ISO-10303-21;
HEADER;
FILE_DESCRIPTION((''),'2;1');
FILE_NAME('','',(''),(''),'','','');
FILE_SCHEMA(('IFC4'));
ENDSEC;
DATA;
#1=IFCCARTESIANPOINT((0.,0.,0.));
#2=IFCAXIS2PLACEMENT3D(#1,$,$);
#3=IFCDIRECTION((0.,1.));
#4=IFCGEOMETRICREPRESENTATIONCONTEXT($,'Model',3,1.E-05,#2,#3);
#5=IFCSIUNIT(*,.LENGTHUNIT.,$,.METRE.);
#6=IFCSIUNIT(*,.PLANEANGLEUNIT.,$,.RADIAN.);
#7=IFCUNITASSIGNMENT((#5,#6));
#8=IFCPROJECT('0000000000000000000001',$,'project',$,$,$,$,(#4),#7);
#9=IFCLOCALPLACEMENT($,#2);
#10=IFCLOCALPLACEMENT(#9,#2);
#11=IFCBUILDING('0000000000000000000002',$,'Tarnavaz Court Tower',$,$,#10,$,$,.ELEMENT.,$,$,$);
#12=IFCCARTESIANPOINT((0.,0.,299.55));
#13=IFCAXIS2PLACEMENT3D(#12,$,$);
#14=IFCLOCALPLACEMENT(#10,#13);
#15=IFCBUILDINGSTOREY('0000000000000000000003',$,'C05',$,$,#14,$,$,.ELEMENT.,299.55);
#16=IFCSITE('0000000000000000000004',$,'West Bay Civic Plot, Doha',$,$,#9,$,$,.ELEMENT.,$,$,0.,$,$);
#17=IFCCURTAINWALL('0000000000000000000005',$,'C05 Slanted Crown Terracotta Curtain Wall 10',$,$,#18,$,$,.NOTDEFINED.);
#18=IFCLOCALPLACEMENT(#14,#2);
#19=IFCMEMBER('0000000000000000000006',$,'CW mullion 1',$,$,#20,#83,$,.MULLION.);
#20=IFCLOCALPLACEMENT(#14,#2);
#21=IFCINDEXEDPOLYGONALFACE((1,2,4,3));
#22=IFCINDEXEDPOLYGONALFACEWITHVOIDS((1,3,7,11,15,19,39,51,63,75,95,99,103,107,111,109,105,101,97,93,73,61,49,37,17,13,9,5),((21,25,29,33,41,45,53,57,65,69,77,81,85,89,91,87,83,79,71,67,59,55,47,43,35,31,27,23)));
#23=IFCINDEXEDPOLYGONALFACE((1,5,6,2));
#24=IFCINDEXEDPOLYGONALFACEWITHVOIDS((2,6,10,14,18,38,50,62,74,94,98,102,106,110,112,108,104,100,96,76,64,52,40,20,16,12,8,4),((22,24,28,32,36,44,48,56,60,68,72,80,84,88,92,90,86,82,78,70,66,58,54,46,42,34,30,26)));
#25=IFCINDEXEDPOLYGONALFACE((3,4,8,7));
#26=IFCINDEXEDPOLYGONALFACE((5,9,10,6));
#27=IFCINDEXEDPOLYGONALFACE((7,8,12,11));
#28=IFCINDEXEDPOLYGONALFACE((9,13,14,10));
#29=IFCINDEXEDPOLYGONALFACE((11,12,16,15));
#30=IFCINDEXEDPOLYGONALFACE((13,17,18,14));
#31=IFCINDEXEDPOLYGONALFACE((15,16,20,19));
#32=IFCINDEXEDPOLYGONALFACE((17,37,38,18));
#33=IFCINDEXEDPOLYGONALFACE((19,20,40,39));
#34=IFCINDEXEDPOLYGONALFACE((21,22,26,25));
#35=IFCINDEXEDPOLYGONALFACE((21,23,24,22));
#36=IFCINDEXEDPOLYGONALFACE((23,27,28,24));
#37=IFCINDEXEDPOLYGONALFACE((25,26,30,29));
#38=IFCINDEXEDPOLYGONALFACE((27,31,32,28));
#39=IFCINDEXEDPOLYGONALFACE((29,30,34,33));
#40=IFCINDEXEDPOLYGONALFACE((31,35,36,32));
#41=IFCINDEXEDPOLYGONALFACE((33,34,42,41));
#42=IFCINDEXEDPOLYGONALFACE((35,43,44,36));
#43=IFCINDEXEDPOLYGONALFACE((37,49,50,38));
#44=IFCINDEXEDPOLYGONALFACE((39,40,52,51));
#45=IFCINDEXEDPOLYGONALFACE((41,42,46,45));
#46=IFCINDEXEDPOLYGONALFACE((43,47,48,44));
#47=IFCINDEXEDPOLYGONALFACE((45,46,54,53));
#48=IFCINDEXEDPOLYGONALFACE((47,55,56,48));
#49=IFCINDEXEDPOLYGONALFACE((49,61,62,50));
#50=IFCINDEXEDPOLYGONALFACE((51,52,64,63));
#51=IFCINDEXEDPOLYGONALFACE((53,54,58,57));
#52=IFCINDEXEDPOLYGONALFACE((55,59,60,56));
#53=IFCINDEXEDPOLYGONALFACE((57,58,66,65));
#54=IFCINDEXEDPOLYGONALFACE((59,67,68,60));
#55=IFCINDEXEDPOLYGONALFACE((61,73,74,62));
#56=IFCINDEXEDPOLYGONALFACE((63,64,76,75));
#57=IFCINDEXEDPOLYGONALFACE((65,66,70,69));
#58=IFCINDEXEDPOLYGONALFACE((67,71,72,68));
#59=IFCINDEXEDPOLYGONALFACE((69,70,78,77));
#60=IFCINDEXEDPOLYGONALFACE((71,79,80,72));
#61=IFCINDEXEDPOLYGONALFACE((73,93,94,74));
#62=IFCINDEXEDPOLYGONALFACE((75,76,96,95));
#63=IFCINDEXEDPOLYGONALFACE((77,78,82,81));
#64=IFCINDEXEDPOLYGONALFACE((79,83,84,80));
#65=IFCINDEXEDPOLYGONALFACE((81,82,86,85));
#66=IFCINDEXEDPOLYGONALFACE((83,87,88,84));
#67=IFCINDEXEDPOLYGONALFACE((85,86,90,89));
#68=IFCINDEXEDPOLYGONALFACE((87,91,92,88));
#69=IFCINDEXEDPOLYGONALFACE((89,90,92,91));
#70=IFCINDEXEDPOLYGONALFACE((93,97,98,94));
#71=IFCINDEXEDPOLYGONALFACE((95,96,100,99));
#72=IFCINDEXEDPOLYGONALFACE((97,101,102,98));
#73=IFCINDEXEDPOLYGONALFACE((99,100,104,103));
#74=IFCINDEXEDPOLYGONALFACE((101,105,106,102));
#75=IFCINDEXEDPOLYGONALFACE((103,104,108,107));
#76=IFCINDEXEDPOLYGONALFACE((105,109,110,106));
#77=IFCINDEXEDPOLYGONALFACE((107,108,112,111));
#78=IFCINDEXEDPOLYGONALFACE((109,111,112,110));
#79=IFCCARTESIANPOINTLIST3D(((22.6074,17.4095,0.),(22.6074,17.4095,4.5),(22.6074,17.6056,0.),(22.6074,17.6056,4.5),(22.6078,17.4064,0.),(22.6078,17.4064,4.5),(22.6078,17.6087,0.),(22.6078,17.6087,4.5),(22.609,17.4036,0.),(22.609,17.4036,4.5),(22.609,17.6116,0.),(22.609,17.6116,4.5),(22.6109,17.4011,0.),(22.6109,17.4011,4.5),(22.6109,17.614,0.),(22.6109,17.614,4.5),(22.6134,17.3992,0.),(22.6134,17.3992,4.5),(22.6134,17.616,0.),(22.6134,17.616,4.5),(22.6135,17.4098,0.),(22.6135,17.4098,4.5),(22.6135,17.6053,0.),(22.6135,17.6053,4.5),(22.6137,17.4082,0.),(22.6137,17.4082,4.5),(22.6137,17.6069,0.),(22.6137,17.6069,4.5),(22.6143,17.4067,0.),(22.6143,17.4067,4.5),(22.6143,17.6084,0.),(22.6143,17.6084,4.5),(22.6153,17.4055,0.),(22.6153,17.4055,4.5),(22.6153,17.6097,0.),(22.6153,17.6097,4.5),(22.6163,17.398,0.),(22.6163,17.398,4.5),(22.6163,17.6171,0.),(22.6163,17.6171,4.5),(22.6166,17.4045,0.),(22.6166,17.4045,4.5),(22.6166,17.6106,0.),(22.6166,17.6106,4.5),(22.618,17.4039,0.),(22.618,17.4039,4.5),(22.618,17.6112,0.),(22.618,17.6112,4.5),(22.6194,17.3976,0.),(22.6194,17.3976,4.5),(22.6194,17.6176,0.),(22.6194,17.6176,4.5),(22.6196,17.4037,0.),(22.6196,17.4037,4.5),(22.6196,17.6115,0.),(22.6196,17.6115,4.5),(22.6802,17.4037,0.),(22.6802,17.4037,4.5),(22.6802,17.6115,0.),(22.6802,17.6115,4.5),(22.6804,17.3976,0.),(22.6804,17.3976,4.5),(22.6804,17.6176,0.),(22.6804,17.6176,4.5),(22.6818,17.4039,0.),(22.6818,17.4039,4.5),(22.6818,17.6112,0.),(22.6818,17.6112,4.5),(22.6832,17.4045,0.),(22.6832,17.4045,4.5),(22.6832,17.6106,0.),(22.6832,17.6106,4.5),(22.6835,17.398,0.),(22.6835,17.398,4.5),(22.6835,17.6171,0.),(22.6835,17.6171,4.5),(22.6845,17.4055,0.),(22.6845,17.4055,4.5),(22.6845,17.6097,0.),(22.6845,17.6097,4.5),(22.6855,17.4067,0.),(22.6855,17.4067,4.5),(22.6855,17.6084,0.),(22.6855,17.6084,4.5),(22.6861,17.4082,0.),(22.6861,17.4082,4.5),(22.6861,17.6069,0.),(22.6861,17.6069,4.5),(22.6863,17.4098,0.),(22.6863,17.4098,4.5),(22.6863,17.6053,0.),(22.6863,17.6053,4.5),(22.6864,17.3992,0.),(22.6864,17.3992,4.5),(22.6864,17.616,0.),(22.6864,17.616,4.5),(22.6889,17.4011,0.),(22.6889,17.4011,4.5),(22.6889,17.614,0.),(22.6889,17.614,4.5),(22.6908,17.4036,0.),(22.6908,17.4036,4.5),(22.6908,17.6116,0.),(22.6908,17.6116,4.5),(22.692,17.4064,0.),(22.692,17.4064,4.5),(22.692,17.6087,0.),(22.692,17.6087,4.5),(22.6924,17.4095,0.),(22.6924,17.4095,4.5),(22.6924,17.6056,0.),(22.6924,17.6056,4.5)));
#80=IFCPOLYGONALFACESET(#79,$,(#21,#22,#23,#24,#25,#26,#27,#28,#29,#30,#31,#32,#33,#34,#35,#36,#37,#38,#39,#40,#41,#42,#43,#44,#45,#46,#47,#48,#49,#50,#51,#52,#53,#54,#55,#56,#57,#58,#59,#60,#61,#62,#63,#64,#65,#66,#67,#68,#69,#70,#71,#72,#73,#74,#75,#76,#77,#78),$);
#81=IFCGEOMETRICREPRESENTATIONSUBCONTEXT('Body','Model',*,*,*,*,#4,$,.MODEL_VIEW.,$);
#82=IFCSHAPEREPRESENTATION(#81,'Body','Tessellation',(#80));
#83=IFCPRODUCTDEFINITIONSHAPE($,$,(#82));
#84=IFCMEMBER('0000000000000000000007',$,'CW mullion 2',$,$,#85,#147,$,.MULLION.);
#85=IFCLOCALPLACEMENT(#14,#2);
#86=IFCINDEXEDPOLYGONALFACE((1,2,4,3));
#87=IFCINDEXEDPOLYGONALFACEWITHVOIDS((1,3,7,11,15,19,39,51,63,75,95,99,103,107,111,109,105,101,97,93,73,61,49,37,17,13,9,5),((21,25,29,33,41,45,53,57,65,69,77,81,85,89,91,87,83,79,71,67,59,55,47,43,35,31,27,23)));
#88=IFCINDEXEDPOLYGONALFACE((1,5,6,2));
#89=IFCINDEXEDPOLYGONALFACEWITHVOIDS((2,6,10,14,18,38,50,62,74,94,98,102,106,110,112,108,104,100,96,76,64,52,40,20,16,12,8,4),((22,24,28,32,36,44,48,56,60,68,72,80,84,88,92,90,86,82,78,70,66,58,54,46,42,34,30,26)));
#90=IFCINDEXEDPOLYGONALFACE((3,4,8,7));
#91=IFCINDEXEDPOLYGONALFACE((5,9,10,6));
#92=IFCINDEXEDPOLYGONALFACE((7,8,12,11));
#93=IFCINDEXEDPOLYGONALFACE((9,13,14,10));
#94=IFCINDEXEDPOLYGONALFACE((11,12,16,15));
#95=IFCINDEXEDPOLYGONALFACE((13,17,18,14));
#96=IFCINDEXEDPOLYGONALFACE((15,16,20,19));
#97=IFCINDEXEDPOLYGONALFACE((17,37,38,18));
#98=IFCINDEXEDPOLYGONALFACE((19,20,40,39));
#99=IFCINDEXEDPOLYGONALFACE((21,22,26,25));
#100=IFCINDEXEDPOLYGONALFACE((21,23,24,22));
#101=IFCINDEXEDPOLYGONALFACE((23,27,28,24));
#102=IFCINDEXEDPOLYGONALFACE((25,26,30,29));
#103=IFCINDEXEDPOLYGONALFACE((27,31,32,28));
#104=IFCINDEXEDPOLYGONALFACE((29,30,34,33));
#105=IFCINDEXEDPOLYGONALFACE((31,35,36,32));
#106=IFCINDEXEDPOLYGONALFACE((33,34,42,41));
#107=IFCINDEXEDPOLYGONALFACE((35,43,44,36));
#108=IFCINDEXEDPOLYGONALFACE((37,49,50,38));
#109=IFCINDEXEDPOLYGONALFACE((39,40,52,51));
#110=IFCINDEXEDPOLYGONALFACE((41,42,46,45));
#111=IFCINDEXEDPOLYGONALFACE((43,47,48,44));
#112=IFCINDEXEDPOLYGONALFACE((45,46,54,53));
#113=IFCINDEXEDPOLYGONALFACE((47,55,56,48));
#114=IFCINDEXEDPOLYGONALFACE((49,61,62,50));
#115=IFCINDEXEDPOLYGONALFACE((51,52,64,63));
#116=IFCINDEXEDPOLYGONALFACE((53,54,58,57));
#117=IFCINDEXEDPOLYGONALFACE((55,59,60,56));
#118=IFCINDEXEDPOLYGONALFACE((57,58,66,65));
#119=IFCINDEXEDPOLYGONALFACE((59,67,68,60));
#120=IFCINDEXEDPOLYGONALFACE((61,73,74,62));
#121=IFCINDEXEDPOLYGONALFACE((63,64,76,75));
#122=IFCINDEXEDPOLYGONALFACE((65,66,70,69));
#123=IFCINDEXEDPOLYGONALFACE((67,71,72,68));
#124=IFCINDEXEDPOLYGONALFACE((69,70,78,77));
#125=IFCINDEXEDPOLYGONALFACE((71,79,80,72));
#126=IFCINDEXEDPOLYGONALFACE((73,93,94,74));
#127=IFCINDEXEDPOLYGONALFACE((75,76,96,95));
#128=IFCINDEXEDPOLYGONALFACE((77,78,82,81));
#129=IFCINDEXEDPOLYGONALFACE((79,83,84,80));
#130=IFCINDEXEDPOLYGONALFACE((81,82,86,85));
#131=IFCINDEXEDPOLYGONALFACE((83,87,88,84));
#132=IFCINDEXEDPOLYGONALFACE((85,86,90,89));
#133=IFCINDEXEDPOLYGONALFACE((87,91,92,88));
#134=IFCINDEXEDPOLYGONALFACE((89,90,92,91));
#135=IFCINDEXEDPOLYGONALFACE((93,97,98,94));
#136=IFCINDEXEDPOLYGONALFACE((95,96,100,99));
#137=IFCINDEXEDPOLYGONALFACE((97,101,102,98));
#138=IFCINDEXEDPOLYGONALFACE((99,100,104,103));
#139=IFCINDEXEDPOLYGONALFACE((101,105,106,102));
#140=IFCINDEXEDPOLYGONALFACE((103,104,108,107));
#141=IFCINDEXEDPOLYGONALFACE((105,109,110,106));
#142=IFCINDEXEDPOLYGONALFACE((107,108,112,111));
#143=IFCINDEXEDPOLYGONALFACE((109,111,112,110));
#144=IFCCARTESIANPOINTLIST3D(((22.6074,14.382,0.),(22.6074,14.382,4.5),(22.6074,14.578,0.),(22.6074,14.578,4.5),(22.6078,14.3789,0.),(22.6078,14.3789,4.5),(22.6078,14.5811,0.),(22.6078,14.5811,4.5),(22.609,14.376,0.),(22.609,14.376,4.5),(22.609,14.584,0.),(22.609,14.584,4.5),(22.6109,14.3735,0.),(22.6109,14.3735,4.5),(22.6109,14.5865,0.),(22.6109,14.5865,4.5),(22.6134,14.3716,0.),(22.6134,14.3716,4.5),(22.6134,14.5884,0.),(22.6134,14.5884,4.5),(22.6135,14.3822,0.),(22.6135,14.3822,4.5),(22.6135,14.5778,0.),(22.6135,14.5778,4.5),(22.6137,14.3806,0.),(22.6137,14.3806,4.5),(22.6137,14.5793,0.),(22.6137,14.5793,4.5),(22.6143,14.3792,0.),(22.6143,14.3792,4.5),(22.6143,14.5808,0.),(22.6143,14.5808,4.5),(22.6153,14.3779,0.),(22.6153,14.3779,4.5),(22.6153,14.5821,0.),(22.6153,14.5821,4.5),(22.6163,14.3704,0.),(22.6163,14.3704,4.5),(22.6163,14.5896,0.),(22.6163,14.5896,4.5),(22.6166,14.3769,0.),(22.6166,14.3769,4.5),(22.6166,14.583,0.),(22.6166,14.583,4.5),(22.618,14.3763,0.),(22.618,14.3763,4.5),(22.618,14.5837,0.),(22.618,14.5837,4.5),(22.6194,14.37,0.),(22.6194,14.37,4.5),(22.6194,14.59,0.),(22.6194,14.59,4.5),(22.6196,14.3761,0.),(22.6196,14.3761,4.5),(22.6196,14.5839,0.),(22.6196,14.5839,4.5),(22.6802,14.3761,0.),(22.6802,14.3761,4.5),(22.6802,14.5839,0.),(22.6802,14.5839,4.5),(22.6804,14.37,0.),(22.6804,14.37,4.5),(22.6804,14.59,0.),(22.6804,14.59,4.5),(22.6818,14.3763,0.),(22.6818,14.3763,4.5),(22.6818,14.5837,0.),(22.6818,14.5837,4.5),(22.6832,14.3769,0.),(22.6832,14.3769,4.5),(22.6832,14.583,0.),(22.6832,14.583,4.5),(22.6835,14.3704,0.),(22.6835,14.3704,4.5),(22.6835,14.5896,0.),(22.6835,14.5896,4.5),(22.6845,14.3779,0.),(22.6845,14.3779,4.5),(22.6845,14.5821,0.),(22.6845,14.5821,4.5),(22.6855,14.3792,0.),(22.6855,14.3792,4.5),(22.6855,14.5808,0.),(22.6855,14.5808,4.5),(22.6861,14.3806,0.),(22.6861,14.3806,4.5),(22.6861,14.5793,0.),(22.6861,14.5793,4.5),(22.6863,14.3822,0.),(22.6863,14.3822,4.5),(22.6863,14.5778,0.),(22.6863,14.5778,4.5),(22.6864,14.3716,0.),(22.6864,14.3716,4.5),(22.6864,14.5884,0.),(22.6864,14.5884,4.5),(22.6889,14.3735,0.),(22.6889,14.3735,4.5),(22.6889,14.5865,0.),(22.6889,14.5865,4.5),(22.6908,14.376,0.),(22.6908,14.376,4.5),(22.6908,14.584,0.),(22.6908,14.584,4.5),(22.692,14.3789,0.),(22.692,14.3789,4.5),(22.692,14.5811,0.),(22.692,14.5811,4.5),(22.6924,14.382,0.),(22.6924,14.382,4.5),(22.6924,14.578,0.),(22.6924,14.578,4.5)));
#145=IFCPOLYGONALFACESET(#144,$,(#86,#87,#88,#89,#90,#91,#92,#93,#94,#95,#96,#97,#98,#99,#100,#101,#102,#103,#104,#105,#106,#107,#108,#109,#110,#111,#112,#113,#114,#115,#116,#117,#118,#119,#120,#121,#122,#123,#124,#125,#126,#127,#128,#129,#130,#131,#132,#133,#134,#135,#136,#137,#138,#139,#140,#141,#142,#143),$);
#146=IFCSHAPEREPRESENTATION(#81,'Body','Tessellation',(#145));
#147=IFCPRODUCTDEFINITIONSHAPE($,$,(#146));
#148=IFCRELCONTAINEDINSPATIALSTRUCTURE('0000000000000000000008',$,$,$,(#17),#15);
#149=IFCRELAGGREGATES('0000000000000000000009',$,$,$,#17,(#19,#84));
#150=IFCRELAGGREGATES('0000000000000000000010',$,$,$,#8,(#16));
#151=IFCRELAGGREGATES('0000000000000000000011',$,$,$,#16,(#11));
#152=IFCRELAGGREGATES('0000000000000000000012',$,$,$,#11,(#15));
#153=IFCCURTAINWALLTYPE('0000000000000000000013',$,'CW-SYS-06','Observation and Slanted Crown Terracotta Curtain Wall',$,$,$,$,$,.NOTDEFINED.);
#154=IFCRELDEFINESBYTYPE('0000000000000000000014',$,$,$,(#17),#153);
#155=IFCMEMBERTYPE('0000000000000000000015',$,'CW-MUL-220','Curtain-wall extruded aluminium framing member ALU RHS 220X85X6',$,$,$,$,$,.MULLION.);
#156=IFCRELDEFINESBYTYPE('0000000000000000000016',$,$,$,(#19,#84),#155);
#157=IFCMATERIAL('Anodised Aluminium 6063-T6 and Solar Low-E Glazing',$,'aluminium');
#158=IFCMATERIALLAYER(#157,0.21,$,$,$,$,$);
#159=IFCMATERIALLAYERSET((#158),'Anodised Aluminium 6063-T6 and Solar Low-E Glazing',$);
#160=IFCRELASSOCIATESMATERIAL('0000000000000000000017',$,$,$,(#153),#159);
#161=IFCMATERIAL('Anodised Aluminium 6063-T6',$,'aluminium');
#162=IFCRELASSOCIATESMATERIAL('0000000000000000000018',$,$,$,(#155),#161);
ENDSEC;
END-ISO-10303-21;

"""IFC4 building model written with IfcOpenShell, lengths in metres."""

from ifc_helpers import new_model, si_unit, direction, frame, origin, origin_2d, place, context, subcontext, project, spatial, hollow_rectangle, extrude, material, layer, layer_set, material_profile, profile_set, type_object, element, aggregate, save


model = new_model("IFC4")

# Units and contexts
model_context = context("Model", 3, precision=1e-05, world=origin(), true_north=direction((0.0, 1.0)))
body_context = subcontext(model_context, "Body", "Model", "MODEL_VIEW")
ifc_project = project(units=[si_unit("LENGTHUNIT", "METRE"), si_unit("PLANEANGLEUNIT", "RADIAN")], contexts=[model_context])

# Site, building, storey
site_placement = place(None, origin())
site = spatial("IfcSite", under=ifc_project, at=site_placement, Name="West Bay Civic Plot, Doha", CompositionType="ELEMENT", RefElevation=0.0)
building_placement = place(site_placement, origin())
building = spatial("IfcBuilding", under=site, at=building_placement, Name="Tarnavaz Court Tower", CompositionType="ELEMENT")
storey_placement = place(building_placement, frame((0.0, 0.0, 299.55)))
storey = spatial("IfcBuildingStorey", under=building, at=storey_placement, Name="C05", CompositionType="ELEMENT", Elevation=299.55)

# Shared definitions
ifc_material_1 = material(Name="Anodised Aluminium 6063-T6 and Solar Low-E Glazing", Category="aluminium")
ifc_layer_1 = layer(ifc_material_1, 0.21)
ifc_layer_set_1 = layer_set([ifc_layer_1], Name="Anodised Aluminium 6063-T6 and Solar Low-E Glazing")
curtain_wall_type = type_object("IfcCurtainWallType", Name="CW-SYS-06", Description="Observation and Slanted Crown Terracotta Curtain Wall", PredefinedType="NOTDEFINED", material=ifc_layer_set_1)
ifc_material_2 = material(Name="Anodised Aluminium 6063-T6", Category="aluminium")
ifc_material_profile_1 = material_profile(ifc_material_2, hollow_rectangle(XDim=0.085, YDim=0.22, WallThickness=0.0061, InnerFilletRadius=0.0061, OuterFilletRadius=0.012, at=origin_2d()), Name="ALU RHS 220X85X6")
ifc_profile_set_1 = profile_set([ifc_material_profile_1], Name="Anodised Aluminium 6063-T6")
member_type_1 = type_object("IfcMemberType", Name="CW-MUL-220", Description="Curtain-wall extruded aluminium framing member ALU RHS 220X85X6", PredefinedType="MULLION", material=ifc_profile_set_1)

# Curtain wall, members
curtain_wall_1_placement = place(storey_placement, origin())
curtain_wall_1 = element("IfcCurtainWall", 1, at=curtain_wall_1_placement, inside=storey, type_object=curtain_wall_type, Name="C05 Slanted Crown Terracotta Curtain Wall 10", PredefinedType="NOTDEFINED")
member_1_placement = place(storey_placement, frame((22.6499, 17.5076, 0.0), z_axis=(0.0, 0.0, 1.0), x_axis=(1.0, 0.0, 0.0)))
member_1 = element("IfcMember", 2, at=member_1_placement, type_object=member_type_1, Name="CW mullion 1", PredefinedType="MULLION", context=body_context, shape_type="SweptSolid", body=[
    extrude(hollow_rectangle(XDim=0.085, YDim=0.22, WallThickness=0.0061, InnerFilletRadius=0.0061, OuterFilletRadius=0.012, at=origin_2d()), origin(), (0.0, 0.0, 1.0), 4.5),
])
member_2_placement = place(storey_placement, frame((22.6499, 14.48, 0.0), z_axis=(0.0, 0.0, 1.0), x_axis=(1.0, 0.0, 0.0)))
member_2 = element("IfcMember", 3, at=member_2_placement, type_object=member_type_1, Name="CW mullion 2", PredefinedType="MULLION", context=body_context, shape_type="SweptSolid", body=[
    extrude(hollow_rectangle(XDim=0.085, YDim=0.22, WallThickness=0.0061, InnerFilletRadius=0.0061, OuterFilletRadius=0.012, at=origin_2d()), origin(), (0.0, 0.0, 1.0), 4.5),
])

aggregate(curtain_wall_1, [member_1, member_2])

save(model, "model.ifc")
